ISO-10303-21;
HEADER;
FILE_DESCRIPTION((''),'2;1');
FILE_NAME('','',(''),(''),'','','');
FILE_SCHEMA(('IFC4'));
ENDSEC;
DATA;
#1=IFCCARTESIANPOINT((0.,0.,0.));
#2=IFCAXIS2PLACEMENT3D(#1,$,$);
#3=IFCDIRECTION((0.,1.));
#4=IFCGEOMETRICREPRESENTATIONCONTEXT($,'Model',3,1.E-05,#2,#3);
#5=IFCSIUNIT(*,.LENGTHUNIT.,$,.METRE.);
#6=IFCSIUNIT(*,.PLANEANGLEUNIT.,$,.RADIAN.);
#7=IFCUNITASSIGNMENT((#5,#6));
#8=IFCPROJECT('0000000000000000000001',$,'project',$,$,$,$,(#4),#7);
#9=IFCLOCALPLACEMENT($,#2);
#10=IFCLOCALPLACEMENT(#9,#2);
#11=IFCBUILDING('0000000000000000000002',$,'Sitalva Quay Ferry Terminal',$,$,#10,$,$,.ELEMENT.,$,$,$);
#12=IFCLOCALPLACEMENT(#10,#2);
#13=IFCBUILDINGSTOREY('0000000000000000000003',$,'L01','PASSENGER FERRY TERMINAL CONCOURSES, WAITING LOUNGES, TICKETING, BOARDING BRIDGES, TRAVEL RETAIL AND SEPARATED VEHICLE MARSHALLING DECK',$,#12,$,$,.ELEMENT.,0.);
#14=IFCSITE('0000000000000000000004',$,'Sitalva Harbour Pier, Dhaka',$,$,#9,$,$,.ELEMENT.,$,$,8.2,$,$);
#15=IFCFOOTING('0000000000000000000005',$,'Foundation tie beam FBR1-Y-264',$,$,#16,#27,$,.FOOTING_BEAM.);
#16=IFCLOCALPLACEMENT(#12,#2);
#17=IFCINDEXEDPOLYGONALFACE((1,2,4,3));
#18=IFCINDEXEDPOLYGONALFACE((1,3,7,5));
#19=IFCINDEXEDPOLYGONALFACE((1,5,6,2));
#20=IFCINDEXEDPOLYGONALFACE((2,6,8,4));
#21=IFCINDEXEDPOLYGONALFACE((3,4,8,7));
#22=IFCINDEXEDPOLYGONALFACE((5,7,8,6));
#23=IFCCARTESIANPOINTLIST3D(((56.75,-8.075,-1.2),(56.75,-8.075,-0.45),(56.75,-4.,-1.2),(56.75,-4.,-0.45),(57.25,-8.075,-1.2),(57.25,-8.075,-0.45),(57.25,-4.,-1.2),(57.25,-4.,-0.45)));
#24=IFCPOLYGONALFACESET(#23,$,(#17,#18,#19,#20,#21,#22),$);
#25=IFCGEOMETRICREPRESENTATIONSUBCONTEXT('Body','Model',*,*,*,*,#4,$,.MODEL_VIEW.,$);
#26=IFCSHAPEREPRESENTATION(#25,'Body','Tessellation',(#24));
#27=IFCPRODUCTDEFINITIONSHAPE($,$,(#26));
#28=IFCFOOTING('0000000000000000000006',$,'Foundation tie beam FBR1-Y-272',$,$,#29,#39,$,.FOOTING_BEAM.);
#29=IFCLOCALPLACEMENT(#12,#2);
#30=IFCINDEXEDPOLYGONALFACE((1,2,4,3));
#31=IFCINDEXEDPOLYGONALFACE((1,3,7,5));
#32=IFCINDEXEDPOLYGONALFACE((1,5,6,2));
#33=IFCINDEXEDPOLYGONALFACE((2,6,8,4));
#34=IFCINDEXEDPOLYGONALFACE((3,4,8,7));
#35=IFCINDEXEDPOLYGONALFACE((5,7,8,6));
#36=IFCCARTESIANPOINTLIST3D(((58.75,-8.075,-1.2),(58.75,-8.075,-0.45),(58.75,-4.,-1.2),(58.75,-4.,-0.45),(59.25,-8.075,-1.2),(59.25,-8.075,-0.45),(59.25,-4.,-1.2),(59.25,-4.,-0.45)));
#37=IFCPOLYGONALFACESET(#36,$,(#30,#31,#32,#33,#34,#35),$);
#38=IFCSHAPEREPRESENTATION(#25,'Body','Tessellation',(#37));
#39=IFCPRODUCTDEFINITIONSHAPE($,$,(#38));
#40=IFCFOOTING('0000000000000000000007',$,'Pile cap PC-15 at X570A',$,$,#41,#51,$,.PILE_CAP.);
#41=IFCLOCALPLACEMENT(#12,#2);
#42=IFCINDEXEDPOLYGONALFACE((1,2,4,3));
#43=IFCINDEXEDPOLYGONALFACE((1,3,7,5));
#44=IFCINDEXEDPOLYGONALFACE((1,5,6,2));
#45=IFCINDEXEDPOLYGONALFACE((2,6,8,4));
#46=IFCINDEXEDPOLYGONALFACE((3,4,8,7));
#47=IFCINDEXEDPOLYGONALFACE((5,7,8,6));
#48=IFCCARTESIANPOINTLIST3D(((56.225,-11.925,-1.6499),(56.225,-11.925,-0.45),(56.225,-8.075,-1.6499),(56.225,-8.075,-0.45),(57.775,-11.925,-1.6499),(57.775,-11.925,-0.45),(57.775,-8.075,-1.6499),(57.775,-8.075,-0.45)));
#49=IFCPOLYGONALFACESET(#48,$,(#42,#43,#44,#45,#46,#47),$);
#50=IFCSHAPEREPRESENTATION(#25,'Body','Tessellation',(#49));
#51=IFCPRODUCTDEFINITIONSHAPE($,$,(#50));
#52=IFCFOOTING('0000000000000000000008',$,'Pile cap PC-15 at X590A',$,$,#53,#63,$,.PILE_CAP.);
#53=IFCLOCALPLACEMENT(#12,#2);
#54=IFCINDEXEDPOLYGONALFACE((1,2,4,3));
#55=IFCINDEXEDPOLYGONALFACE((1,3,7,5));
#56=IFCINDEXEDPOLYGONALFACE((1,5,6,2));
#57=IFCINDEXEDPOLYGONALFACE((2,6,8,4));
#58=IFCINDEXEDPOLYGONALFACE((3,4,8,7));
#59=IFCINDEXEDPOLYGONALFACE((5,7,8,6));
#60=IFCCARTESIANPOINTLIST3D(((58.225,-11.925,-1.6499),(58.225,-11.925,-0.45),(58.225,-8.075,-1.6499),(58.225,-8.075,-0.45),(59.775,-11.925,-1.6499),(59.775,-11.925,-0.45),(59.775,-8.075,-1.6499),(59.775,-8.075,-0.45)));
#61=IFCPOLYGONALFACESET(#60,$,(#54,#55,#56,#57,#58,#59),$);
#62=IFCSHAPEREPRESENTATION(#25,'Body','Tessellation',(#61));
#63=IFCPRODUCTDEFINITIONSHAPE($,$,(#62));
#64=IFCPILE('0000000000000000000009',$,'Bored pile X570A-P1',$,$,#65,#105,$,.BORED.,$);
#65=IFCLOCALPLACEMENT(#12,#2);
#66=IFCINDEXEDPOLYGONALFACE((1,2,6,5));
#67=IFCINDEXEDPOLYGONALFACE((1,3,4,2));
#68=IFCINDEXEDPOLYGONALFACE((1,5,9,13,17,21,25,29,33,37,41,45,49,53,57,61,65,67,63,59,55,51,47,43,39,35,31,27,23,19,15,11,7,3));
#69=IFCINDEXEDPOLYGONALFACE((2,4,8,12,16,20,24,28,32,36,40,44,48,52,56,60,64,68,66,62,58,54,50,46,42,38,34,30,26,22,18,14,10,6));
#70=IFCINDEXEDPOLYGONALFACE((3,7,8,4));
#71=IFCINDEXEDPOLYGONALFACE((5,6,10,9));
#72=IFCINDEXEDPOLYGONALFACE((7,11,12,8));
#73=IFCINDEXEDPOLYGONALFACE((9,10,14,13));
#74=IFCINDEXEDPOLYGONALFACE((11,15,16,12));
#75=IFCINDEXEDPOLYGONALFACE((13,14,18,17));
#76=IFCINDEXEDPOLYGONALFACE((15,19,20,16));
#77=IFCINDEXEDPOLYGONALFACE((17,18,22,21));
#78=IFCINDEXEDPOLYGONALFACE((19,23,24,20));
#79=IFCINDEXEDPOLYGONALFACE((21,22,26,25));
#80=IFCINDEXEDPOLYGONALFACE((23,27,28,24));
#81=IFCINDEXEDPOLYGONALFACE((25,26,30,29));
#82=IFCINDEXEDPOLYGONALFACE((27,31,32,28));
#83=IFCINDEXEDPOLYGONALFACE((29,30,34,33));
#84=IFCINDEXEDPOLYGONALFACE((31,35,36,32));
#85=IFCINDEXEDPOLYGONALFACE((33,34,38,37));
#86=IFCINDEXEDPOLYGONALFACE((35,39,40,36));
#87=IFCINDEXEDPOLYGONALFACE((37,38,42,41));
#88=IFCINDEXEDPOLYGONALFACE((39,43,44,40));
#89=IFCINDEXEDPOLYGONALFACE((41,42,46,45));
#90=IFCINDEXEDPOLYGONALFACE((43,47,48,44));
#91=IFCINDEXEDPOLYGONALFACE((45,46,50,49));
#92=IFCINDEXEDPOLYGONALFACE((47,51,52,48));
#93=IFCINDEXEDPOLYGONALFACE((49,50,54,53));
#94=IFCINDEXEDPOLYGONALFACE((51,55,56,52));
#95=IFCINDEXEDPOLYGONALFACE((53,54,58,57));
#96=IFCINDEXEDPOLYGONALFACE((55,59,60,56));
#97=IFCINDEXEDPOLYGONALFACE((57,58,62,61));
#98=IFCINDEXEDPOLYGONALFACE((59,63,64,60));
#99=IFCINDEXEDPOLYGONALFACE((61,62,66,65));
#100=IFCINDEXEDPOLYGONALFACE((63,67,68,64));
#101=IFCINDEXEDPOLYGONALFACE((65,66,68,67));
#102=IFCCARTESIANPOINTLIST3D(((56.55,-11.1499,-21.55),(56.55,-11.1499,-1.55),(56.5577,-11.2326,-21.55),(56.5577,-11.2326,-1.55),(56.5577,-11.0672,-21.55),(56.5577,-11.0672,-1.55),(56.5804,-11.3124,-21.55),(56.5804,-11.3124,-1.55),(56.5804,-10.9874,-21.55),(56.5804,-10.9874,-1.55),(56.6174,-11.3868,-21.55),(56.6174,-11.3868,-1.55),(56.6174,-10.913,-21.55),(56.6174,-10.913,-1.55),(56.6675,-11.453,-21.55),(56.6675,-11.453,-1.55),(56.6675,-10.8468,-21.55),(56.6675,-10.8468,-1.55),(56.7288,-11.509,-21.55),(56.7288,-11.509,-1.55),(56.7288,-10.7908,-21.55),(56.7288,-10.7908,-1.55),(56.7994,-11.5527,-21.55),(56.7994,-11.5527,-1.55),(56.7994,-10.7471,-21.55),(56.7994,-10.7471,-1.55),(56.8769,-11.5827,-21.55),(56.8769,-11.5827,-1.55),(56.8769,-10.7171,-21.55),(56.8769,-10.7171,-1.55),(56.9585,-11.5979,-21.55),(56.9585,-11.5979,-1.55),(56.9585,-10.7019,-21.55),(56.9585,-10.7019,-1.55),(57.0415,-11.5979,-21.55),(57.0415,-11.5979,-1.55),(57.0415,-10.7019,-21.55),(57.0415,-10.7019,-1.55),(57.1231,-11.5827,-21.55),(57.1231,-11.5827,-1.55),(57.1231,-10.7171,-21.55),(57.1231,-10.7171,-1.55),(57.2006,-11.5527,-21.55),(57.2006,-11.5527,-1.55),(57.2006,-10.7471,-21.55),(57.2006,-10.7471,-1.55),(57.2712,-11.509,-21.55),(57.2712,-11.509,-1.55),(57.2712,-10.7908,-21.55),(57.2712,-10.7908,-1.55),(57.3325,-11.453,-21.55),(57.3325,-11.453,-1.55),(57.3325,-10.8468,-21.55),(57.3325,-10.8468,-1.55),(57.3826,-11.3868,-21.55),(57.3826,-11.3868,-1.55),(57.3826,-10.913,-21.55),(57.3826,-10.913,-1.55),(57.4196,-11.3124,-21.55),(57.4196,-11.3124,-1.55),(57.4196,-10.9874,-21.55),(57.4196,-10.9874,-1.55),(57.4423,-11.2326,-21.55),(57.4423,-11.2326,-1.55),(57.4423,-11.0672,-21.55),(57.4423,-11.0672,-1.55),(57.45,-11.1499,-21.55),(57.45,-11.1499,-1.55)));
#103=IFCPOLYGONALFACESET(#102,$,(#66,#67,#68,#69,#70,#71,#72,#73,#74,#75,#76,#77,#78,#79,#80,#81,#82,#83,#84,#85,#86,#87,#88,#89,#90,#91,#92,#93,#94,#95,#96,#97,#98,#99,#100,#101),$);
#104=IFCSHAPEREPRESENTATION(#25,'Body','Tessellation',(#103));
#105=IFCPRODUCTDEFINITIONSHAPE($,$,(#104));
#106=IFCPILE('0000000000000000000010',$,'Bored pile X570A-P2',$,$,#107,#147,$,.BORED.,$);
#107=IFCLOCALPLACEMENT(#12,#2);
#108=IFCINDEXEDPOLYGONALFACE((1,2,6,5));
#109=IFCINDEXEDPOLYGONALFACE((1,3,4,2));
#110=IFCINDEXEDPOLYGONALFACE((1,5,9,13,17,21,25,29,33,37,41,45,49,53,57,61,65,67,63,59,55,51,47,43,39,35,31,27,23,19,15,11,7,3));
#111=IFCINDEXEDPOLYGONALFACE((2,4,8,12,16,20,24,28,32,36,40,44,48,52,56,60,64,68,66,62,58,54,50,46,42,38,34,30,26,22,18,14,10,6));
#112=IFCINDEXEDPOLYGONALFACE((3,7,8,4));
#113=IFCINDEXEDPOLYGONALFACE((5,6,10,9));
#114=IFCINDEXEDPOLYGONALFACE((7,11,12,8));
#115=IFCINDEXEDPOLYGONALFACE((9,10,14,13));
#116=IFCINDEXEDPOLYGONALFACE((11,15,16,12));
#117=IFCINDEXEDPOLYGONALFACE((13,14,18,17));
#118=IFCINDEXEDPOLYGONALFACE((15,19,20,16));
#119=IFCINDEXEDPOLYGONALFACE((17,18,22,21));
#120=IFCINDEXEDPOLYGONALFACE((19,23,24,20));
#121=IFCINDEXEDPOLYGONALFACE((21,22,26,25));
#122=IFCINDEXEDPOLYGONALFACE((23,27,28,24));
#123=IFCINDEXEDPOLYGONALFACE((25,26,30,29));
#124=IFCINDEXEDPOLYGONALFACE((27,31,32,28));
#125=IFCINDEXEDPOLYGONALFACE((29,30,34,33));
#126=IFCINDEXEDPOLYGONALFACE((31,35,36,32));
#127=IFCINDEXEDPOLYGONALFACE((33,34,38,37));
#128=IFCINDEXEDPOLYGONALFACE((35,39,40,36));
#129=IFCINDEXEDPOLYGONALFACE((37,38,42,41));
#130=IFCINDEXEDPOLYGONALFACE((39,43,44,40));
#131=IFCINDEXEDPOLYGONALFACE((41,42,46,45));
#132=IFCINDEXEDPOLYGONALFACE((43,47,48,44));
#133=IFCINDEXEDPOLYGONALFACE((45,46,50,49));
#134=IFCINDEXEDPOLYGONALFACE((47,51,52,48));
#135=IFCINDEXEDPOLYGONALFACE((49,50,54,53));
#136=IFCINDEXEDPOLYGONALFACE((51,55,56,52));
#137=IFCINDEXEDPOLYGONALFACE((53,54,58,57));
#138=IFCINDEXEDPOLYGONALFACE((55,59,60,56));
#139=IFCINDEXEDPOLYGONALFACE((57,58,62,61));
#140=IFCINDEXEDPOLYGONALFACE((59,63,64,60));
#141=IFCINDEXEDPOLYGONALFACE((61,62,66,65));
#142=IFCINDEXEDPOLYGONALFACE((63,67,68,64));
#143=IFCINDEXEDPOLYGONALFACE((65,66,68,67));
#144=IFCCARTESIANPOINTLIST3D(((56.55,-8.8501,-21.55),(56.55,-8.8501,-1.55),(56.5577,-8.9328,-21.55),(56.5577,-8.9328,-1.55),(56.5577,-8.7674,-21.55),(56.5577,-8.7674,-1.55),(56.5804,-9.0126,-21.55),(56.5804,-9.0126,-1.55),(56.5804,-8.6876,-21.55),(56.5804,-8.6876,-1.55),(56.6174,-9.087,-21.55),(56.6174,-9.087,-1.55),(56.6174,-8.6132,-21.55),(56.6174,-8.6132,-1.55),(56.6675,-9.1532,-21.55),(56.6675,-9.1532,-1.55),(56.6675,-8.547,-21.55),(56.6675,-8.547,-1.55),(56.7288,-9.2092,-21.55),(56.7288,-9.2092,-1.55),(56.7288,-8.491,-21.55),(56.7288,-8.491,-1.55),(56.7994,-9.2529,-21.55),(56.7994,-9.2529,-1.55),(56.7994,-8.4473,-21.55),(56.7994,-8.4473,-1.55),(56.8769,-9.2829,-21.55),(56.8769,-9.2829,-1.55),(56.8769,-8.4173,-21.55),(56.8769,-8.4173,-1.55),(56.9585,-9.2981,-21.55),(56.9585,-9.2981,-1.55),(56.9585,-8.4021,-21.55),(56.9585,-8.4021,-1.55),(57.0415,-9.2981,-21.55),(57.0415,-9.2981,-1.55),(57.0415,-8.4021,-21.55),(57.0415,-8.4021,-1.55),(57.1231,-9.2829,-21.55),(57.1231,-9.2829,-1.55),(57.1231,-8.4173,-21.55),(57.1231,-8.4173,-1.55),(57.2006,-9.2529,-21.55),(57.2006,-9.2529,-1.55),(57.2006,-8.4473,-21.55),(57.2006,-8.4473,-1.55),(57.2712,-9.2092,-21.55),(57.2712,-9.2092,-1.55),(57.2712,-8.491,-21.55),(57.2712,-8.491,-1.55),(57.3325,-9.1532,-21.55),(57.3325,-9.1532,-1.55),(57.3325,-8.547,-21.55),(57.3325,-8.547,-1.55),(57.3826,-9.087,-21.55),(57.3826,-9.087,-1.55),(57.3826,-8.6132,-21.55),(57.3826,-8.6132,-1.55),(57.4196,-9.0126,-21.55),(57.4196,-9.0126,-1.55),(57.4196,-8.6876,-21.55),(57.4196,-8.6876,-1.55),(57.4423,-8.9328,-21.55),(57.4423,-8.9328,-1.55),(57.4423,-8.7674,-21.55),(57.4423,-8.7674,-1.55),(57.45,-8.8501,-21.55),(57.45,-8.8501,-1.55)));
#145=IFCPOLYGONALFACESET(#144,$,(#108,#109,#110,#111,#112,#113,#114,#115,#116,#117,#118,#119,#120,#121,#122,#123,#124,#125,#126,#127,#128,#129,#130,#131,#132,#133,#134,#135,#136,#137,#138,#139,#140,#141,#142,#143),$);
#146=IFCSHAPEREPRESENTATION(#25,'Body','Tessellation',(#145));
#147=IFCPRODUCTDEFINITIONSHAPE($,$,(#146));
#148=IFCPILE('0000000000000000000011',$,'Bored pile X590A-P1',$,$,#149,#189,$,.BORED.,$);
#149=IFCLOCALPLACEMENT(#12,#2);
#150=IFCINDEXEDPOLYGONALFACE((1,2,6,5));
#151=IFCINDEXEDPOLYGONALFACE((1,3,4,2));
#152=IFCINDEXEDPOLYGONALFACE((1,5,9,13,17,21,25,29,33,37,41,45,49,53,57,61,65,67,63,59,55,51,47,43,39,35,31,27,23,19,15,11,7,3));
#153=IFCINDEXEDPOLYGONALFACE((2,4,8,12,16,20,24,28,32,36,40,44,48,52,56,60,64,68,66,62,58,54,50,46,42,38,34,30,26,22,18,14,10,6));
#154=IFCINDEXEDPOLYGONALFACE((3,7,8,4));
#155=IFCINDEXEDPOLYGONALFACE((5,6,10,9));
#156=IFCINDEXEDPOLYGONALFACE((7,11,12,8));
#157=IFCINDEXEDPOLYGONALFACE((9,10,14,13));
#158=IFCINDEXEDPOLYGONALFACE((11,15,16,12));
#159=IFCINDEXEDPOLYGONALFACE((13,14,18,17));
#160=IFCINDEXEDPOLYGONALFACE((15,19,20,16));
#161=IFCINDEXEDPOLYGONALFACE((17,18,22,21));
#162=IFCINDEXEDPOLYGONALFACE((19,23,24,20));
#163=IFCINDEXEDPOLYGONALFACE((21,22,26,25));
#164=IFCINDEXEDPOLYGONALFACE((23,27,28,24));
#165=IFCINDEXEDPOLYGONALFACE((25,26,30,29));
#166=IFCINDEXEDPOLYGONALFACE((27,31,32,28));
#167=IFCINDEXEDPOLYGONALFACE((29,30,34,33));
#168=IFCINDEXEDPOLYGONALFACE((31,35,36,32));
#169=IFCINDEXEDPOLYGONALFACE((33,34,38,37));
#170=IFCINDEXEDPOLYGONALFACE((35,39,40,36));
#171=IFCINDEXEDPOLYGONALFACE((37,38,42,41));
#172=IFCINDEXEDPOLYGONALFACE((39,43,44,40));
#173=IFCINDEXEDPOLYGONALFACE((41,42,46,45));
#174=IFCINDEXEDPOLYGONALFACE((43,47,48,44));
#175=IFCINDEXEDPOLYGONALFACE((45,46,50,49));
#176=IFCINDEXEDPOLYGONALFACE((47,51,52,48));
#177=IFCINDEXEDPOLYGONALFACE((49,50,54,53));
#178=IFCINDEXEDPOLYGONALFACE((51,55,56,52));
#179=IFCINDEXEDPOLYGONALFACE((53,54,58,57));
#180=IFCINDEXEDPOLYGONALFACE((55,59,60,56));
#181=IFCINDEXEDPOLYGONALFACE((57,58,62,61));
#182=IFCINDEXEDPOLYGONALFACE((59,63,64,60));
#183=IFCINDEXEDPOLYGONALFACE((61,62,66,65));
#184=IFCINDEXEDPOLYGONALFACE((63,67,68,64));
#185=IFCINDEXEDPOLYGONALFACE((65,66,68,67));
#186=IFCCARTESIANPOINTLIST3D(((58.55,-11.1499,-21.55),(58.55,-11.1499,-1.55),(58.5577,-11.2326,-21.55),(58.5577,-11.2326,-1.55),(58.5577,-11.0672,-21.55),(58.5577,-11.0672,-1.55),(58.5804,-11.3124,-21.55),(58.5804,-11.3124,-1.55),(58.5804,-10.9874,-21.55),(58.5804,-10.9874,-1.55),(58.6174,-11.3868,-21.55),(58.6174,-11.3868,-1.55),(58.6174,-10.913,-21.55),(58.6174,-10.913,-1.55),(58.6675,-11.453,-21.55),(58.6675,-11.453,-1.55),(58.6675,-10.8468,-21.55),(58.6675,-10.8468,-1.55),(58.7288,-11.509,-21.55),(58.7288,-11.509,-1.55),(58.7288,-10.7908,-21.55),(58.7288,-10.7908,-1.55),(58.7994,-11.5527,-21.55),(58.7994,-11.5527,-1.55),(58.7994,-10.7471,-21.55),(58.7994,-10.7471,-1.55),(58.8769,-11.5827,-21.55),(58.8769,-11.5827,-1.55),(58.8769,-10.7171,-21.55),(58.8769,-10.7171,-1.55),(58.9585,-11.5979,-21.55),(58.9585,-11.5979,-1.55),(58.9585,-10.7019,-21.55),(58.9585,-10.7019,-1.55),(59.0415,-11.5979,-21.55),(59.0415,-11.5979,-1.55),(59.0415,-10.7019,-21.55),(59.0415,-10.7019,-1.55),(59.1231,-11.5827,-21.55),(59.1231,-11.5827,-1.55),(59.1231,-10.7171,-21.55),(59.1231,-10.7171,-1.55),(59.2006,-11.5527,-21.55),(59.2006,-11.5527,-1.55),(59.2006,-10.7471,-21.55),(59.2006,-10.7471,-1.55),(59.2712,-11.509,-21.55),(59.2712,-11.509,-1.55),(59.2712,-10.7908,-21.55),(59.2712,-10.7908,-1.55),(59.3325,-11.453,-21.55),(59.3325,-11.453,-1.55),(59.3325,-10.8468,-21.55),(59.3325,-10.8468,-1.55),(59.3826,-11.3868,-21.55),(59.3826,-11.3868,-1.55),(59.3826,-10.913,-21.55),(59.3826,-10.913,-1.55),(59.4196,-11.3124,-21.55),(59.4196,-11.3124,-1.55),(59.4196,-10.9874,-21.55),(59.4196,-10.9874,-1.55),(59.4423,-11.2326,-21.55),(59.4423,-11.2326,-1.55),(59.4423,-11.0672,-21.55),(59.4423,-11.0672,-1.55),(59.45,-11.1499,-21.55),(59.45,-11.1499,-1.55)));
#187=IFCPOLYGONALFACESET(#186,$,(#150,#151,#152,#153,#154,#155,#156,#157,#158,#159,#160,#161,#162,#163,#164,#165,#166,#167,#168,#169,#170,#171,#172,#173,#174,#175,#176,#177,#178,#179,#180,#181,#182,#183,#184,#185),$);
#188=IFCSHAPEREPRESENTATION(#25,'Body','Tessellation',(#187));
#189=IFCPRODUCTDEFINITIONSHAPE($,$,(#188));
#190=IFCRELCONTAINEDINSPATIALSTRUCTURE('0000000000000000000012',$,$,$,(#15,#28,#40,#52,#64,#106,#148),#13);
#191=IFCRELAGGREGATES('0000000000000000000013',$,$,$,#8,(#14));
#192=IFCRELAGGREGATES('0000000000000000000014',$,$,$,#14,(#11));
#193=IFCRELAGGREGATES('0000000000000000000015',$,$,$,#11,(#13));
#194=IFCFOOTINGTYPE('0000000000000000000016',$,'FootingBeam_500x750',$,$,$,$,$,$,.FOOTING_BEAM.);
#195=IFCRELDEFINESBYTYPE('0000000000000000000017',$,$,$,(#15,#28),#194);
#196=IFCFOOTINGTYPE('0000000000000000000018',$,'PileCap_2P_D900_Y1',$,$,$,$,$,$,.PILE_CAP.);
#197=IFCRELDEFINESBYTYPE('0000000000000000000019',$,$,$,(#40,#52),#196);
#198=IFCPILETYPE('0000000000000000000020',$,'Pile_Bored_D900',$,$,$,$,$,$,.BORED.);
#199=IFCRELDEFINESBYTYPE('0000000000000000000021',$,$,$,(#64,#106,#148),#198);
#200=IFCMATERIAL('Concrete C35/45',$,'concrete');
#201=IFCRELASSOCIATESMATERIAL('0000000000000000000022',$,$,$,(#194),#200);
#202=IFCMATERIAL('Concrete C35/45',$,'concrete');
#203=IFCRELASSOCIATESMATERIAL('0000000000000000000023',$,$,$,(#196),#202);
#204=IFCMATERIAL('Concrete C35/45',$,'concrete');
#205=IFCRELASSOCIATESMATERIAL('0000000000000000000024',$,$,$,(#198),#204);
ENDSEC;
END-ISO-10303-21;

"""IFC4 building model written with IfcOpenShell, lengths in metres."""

from ifc_helpers import new_model, si_unit, direction, frame, origin, origin_2d, place, context, subcontext, project, spatial, rectangle, circle, extrude, material, material_profile, profile_set, type_object, element, save


model = new_model("IFC4")

# Units and contexts
model_context = context("Model", 3, precision=1e-05, world=origin(), true_north=direction((0.0, 1.0)))
body_context = subcontext(model_context, "Body", "Model", "MODEL_VIEW")
ifc_project = project(units=[si_unit("LENGTHUNIT", "METRE"), si_unit("PLANEANGLEUNIT", "RADIAN")], contexts=[model_context])

# Site, building, storey
site_placement = place(None, origin())
site = spatial("IfcSite", under=ifc_project, at=site_placement, Name="Sitalva Harbour Pier, Dhaka", CompositionType="ELEMENT", RefElevation=8.2)
building_placement = place(site_placement, origin())
building = spatial("IfcBuilding", under=site, at=building_placement, Name="Sitalva Quay Ferry Terminal", CompositionType="ELEMENT")
storey_placement = place(building_placement, origin())
storey = spatial("IfcBuildingStorey", under=building, at=storey_placement, Name="L01", Description="PASSENGER FERRY TERMINAL CONCOURSES, WAITING LOUNGES, TICKETING, BOARDING BRIDGES, TRAVEL RETAIL AND SEPARATED VEHICLE MARSHALLING DECK", CompositionType="ELEMENT", Elevation=0.0)

# Footings
ifc_material_1 = material(Name="Concrete C35/45", Category="concrete")
ifc_material_profile_1 = material_profile(ifc_material_1, rectangle(XDim=0.5, YDim=0.75, at=origin_2d()), Name="RC500x750")
ifc_profile_set_1 = profile_set([ifc_material_profile_1], Name="Concrete C35/45")
footing_type_1 = type_object("IfcFootingType", Name="FootingBeam_500x750", PredefinedType="FOOTING_BEAM", material=ifc_profile_set_1)
for number, where, z_axis, x_axis, name in (
    (1, (57.0, -8.075, -0.825), (0.0, 1.0, 0.0), (-1.0, 0.0, 0.0), "Foundation tie beam FBR1-Y-264"),
    (2, (59.0, -8.075, -0.825), (0.0, 1.0, 0.0), (-1.0, 0.0, 0.0), "Foundation tie beam FBR1-Y-272"),
):
    element("IfcFooting", number, at=place(storey_placement, frame(where, z_axis=z_axis, x_axis=x_axis)), inside=storey, type_object=footing_type_1, Name=name, PredefinedType="FOOTING_BEAM", context=body_context, shape_type="SweptSolid", body=[
        extrude(rectangle(XDim=0.5, YDim=0.75, at=origin_2d()), origin(), (0.0, 0.0, 1.0), 4.075),
    ])
ifc_material_2 = material(Name="Concrete C35/45", Category="concrete")
footing_type_2 = type_object("IfcFootingType", Name="PileCap_2P_D900_Y1", PredefinedType="PILE_CAP", material=ifc_material_2)
for number, where, z_axis, x_axis, name in (
    (3, (57.0, -10.0, -1.6499), (0.0, 0.0, 1.0), (1.0, 0.0, 0.0), "Pile cap PC-15 at X570A"),
    (4, (59.0, -10.0, -1.6499), (0.0, 0.0, 1.0), (1.0, 0.0, 0.0), "Pile cap PC-15 at X590A"),
):
    element("IfcFooting", number, at=place(storey_placement, frame(where, z_axis=z_axis, x_axis=x_axis)), inside=storey, type_object=footing_type_2, Name=name, PredefinedType="PILE_CAP", context=body_context, shape_type="SweptSolid", body=[
        extrude(rectangle(XDim=1.55, YDim=3.8501, at=origin_2d()), origin(), (0.0, 0.0, 1.0), 1.2),
    ])

# Piles
ifc_material_3 = material(Name="Concrete C35/45", Category="concrete")
ifc_material_profile_2 = material_profile(ifc_material_3, circle(Radius=0.45, at=origin_2d()), Name="PILE-D900")
ifc_profile_set_2 = profile_set([ifc_material_profile_2], Name="Concrete C35/45")
pile_type = type_object("IfcPileType", Name="Pile_Bored_D900", PredefinedType="BORED", material=ifc_profile_set_2)
for number, where, z_axis, x_axis, name in (
    (5, (57.0, -11.1499, -1.55), (0.0, 0.0, -1.0), (1.0, 0.0, 0.0), "Bored pile X570A-P1"),
    (6, (57.0, -8.8501, -1.55), (0.0, 0.0, -1.0), (1.0, 0.0, 0.0), "Bored pile X570A-P2"),
    (7, (59.0, -11.1499, -1.55), (0.0, 0.0, -1.0), (1.0, 0.0, 0.0), "Bored pile X590A-P1"),
):
    element("IfcPile", number, at=place(storey_placement, frame(where, z_axis=z_axis, x_axis=x_axis)), inside=storey, type_object=pile_type, Name=name, PredefinedType="BORED", context=body_context, shape_type="SweptSolid", body=[
        extrude(circle(Radius=0.45, at=origin_2d()), origin(), (0.0, 0.0, 1.0), 20.0),
    ])

save(model, "model.ifc")
